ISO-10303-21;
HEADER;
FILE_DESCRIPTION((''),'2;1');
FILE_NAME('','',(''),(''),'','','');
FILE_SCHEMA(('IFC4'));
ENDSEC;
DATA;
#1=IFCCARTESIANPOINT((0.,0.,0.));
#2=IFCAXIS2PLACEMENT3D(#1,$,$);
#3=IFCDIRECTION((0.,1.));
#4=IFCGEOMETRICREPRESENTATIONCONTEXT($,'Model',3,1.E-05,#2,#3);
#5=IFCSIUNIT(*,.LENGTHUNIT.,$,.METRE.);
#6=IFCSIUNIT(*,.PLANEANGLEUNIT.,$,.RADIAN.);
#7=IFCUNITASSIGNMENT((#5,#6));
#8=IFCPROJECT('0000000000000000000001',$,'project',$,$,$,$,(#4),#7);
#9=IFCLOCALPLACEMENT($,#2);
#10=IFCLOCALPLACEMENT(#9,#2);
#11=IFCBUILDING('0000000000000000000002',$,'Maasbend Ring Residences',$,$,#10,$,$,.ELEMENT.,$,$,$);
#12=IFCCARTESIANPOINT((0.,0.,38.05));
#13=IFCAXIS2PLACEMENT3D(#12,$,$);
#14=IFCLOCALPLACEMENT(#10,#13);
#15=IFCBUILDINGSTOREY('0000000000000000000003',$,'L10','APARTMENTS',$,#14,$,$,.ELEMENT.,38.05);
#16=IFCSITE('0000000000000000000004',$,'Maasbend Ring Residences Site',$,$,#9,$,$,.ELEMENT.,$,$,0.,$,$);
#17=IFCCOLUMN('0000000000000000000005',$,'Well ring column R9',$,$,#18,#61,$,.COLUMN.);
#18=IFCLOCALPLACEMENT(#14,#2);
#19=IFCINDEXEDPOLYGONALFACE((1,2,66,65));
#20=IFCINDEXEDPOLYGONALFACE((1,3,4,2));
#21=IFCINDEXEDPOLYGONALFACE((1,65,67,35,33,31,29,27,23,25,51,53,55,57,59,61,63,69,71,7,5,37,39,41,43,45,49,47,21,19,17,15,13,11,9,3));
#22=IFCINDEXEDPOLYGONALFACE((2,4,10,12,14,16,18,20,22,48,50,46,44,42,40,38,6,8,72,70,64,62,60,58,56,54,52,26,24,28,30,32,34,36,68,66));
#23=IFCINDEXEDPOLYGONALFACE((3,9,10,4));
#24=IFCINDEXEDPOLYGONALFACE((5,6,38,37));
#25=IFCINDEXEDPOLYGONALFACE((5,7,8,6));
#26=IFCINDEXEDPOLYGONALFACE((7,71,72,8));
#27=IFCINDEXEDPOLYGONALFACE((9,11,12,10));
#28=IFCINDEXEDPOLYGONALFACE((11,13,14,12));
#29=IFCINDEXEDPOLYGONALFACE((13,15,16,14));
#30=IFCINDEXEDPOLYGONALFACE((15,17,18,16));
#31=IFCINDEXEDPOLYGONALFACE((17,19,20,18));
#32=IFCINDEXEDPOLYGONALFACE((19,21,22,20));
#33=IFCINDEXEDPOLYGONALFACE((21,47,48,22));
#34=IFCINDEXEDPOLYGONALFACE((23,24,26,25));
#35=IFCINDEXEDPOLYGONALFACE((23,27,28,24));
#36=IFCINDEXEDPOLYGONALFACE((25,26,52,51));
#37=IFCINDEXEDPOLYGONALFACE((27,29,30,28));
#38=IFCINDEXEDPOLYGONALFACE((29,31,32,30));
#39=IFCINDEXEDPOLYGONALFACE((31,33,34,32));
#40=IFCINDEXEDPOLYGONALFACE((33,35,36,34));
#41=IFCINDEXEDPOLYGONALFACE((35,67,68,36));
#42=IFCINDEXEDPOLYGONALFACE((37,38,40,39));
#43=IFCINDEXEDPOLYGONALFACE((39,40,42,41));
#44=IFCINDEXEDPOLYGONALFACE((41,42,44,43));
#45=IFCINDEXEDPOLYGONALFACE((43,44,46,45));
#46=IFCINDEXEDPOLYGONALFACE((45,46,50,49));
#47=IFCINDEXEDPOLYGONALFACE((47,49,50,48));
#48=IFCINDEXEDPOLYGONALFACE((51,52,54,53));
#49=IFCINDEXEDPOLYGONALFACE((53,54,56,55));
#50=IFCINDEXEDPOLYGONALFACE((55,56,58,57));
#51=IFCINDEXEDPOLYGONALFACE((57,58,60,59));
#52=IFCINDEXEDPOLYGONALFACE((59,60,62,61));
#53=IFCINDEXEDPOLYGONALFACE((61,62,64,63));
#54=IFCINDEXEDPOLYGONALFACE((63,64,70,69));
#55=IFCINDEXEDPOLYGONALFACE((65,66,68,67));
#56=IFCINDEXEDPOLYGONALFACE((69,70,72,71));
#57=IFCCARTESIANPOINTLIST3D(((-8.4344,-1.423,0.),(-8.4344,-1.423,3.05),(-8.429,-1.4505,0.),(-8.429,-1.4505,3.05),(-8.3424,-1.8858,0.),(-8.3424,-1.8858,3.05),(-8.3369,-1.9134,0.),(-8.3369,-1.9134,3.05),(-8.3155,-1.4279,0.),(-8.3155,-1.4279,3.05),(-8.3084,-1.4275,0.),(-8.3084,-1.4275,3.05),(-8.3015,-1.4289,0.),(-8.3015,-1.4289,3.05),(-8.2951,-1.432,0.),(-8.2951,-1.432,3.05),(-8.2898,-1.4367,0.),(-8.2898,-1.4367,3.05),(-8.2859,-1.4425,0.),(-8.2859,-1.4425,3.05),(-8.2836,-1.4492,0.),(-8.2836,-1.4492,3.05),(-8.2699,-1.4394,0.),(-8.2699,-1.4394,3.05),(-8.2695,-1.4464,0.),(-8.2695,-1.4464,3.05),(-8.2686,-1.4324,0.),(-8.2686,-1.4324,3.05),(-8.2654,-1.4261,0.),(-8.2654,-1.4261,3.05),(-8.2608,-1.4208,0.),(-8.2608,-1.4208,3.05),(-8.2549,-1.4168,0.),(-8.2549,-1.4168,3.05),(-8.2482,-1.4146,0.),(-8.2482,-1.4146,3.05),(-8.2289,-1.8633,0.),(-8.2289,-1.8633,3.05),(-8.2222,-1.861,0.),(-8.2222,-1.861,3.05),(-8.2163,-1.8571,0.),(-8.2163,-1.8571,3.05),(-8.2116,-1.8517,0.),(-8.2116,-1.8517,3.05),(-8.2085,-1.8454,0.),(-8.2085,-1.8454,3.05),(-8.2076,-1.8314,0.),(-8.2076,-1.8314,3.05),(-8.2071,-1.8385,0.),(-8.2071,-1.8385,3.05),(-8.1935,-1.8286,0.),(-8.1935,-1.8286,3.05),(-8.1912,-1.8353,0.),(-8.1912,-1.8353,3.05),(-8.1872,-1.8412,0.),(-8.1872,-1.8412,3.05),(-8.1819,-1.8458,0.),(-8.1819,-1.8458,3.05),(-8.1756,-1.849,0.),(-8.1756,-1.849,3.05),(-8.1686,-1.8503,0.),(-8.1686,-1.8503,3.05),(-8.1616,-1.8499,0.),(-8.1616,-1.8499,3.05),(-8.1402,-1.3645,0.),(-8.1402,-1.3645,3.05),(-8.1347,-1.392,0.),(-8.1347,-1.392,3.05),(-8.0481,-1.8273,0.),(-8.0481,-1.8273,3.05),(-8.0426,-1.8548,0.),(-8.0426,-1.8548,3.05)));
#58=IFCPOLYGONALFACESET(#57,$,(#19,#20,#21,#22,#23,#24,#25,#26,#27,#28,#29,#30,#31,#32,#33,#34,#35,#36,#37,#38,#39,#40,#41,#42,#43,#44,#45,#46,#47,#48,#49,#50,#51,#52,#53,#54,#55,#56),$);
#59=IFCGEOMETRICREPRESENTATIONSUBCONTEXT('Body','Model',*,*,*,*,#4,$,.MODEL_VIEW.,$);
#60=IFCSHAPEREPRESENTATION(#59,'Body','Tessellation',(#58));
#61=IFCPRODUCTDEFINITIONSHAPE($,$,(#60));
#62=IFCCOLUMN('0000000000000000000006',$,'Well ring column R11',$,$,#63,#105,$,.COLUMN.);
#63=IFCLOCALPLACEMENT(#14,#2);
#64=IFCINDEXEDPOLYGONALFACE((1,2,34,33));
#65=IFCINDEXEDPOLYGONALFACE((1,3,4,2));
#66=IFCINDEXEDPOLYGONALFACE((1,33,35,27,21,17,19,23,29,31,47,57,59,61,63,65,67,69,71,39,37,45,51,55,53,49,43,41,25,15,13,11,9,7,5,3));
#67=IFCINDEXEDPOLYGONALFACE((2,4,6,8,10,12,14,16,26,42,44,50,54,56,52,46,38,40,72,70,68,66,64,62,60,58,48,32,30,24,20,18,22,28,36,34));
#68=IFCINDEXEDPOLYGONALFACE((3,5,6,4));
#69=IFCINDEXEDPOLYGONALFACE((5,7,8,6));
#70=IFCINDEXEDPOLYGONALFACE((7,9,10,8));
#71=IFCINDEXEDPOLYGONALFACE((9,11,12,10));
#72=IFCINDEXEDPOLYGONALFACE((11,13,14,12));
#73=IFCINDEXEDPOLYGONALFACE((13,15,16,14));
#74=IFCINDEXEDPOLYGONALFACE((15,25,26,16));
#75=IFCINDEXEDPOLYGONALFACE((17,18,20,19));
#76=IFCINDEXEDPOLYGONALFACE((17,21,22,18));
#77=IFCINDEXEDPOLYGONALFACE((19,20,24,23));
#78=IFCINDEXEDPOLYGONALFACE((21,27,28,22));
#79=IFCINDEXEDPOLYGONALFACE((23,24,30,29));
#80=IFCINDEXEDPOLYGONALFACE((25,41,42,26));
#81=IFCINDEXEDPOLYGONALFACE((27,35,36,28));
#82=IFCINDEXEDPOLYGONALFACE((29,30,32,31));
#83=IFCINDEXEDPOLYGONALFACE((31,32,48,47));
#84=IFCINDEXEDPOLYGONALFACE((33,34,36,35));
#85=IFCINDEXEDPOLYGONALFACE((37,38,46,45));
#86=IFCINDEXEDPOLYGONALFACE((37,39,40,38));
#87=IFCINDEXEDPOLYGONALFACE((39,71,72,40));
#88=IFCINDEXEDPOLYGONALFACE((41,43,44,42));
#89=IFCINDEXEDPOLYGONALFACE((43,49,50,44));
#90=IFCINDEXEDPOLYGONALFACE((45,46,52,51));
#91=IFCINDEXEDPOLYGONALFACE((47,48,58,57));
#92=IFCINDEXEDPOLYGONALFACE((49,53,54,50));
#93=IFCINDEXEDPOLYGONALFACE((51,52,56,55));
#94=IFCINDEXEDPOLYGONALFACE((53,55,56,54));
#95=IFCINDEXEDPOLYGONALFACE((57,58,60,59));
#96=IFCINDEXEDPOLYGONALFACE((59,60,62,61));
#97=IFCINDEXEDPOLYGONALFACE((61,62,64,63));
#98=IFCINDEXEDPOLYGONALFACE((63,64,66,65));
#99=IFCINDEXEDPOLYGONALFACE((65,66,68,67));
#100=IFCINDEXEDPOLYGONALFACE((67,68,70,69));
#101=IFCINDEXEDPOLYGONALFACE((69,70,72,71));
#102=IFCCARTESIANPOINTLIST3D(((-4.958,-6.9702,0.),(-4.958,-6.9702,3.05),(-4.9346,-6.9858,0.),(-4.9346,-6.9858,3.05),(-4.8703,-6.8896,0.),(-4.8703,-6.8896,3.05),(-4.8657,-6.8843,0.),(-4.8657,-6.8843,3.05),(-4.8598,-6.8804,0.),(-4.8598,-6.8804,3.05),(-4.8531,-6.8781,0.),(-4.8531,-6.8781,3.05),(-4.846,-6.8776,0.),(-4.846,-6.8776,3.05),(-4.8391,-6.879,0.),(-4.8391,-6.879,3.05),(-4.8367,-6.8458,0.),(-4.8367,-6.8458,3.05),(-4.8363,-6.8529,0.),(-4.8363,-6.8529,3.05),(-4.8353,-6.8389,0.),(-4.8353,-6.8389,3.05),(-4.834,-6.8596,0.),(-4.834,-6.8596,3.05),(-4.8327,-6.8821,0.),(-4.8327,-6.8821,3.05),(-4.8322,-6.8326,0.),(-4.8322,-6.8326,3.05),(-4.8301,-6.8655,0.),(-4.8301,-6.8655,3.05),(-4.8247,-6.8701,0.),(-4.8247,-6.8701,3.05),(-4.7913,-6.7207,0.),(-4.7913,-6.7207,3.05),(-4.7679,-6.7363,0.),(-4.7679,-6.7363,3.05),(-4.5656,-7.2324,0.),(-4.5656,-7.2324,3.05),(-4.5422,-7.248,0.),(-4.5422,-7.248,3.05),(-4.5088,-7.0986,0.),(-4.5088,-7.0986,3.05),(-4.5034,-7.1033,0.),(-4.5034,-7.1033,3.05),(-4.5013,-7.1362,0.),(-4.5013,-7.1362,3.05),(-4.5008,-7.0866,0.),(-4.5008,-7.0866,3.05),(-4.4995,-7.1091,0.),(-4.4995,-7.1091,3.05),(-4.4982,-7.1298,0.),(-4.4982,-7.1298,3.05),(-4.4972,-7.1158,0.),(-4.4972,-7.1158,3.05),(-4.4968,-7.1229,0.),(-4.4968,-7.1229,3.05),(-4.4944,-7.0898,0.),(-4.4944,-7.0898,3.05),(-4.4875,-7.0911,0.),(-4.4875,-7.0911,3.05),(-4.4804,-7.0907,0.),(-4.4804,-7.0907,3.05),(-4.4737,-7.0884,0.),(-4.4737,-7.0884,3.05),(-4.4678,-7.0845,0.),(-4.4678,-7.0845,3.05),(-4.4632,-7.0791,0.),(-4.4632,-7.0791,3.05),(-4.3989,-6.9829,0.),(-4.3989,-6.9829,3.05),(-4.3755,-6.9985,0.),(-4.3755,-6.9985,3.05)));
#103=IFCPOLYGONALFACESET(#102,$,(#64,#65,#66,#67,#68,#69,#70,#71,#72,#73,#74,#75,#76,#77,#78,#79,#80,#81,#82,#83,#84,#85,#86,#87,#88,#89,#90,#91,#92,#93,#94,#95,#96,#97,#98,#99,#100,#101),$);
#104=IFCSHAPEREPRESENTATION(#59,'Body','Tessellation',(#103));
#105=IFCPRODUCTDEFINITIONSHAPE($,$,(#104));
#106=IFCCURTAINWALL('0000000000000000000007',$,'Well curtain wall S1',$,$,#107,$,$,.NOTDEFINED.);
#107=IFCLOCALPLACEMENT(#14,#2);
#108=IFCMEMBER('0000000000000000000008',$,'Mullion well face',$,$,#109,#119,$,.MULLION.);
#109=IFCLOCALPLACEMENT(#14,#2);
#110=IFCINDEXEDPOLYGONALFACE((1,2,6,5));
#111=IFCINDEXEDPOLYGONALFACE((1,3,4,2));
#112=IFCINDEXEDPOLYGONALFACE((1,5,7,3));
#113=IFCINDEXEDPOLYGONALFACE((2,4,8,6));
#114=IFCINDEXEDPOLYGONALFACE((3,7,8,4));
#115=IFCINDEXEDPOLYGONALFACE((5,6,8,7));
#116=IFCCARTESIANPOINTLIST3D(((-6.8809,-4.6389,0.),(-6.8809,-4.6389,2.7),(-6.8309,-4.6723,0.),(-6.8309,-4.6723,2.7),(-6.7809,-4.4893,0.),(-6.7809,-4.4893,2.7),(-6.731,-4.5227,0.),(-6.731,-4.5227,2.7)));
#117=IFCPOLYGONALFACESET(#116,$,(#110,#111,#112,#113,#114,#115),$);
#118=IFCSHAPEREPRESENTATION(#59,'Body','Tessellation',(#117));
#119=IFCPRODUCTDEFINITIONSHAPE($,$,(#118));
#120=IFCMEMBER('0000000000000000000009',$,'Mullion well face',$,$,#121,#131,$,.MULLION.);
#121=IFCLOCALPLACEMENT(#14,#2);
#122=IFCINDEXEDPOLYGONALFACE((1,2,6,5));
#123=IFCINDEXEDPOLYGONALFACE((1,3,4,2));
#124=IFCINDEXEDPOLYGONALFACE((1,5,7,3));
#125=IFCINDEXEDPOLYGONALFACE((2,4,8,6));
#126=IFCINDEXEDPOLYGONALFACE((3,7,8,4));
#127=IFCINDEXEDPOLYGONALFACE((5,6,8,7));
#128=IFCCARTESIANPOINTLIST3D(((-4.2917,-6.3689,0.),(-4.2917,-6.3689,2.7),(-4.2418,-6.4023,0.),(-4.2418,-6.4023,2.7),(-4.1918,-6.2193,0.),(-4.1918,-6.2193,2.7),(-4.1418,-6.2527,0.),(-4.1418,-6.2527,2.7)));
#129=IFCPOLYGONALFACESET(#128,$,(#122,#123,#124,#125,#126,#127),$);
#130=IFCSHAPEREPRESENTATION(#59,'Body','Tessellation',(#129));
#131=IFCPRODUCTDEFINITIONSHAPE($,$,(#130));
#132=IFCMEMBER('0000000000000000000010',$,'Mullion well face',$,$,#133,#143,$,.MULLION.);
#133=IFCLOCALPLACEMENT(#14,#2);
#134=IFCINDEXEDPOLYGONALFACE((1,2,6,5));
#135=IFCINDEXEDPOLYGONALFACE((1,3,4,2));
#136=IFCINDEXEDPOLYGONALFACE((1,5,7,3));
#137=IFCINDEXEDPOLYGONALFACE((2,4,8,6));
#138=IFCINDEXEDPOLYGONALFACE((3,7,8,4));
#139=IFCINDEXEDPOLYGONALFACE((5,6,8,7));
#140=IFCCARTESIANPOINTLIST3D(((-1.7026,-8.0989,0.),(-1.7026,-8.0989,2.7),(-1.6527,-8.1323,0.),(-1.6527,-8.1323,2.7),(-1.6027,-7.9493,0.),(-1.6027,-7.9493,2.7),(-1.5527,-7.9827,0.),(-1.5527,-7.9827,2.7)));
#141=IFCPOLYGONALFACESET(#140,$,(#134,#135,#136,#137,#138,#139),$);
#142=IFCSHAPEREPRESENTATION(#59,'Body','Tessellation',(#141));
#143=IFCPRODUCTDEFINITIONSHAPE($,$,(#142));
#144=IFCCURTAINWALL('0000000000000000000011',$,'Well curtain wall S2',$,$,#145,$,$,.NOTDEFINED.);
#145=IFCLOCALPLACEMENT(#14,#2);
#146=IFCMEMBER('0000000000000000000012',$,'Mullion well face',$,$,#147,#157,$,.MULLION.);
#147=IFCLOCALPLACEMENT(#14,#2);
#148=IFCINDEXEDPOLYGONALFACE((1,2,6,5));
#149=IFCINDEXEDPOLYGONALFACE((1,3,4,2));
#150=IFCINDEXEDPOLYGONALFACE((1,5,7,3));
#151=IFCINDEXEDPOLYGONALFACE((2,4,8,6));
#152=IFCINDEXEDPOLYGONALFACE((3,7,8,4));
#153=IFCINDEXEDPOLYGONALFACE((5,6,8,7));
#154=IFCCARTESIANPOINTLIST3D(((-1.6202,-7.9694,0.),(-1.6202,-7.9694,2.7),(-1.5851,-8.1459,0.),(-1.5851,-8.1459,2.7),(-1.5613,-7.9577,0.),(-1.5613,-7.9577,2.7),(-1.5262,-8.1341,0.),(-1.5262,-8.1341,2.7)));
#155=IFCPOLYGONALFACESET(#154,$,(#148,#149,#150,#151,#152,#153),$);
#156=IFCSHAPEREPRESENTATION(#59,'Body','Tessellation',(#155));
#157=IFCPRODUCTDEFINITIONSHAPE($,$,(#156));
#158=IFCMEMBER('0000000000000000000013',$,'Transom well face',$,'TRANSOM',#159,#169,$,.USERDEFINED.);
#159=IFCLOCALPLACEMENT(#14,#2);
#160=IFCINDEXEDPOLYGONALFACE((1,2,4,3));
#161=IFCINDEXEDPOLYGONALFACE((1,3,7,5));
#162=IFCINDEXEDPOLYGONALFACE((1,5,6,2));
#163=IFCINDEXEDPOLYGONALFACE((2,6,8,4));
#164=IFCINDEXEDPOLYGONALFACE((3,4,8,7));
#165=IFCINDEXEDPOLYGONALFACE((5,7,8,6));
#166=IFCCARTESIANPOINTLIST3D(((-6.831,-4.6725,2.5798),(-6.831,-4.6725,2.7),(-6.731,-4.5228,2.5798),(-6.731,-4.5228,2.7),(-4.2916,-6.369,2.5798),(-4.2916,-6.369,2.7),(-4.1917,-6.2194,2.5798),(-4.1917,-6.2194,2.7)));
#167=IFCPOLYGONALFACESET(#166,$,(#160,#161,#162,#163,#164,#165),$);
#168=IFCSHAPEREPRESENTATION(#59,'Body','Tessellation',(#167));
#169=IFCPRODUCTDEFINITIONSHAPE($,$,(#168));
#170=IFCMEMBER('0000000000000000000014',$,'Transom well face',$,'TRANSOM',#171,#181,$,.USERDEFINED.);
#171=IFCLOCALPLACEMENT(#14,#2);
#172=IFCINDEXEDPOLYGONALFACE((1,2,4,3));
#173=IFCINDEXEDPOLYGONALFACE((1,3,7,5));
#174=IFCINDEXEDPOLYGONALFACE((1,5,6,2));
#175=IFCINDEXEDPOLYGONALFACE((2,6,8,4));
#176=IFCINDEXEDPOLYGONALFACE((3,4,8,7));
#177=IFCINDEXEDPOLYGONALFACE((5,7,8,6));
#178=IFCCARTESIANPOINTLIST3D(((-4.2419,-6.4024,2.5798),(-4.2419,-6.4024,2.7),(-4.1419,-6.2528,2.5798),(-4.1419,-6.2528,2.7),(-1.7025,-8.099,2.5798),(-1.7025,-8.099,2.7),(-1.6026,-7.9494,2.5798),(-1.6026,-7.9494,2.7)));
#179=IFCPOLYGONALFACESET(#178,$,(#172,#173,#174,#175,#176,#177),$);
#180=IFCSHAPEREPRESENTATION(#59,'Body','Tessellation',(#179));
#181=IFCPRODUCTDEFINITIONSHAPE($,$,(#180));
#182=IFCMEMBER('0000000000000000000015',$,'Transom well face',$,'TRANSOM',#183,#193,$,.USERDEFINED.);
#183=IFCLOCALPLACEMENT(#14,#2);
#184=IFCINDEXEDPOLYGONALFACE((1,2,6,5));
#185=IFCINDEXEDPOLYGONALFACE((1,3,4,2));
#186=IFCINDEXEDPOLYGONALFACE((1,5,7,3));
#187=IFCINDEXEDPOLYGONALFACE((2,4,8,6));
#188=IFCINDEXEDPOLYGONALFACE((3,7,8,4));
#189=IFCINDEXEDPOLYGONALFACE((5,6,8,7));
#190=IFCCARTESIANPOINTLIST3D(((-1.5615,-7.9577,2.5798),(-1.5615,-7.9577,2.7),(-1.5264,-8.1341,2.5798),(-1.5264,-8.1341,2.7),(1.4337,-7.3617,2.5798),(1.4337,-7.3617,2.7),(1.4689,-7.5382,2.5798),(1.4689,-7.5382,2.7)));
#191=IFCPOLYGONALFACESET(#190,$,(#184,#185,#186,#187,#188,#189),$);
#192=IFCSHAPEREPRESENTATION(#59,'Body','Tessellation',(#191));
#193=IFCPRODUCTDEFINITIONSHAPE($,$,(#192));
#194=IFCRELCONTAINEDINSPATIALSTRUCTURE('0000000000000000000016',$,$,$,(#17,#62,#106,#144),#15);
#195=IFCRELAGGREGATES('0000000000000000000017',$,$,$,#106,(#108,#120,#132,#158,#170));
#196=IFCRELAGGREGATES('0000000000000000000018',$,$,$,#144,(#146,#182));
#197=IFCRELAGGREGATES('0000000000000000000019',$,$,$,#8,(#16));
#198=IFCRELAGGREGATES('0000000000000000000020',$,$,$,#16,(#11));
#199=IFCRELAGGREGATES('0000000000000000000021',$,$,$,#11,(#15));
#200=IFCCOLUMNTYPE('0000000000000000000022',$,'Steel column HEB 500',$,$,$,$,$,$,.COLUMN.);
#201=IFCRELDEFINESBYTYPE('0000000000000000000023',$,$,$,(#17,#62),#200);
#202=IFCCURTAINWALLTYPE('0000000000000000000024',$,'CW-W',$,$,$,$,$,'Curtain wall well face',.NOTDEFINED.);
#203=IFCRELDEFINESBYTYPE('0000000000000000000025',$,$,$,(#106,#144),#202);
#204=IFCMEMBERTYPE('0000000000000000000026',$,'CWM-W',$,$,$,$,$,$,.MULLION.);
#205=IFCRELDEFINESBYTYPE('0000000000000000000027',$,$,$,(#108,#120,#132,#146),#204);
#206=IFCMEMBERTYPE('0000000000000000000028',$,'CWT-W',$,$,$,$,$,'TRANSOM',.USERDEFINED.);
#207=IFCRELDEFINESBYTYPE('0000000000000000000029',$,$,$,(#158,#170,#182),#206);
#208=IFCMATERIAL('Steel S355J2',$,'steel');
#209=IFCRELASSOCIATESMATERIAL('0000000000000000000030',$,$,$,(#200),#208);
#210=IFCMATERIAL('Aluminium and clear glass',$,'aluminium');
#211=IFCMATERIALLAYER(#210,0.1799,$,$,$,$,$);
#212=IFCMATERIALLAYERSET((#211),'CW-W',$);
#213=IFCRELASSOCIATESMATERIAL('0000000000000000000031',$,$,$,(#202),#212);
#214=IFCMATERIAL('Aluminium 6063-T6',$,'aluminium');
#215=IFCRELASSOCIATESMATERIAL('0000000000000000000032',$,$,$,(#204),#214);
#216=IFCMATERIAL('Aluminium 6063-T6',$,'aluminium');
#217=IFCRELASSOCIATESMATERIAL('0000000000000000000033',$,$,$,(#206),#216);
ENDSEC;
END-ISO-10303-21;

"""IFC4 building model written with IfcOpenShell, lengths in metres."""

from ifc_helpers import new_model, si_unit, direction, frame, origin, origin_2d, place, context, subcontext, project, spatial, rectangle, i_section, extrude, material, layer, layer_set, material_profile, profile_set, type_object, element, aggregate, save


model = new_model("IFC4")

# Units and contexts
model_context = context("Model", 3, precision=1e-05, world=origin(), true_north=direction((0.0, 1.0)))
body_context = subcontext(model_context, "Body", "Model", "MODEL_VIEW")
ifc_project = project(units=[si_unit("LENGTHUNIT", "METRE"), si_unit("PLANEANGLEUNIT", "RADIAN")], contexts=[model_context])

# Site, building, storey
site_placement = place(None, origin())
site = spatial("IfcSite", under=ifc_project, at=site_placement, Name="Maasbend Ring Residences Site", CompositionType="ELEMENT", RefElevation=0.0)
building_placement = place(site_placement, origin())
building = spatial("IfcBuilding", under=site, at=building_placement, Name="Maasbend Ring Residences", CompositionType="ELEMENT")
storey_placement = place(building_placement, frame((0.0, 0.0, 38.05)))
storey = spatial("IfcBuildingStorey", under=building, at=storey_placement, Name="L10", Description="APARTMENTS", CompositionType="ELEMENT", Elevation=38.05)

# Columns
ifc_material_1 = material(Name="Steel S355J2", Category="steel")
ifc_material_profile_1 = material_profile(ifc_material_1, i_section(OverallWidth=0.3, OverallDepth=0.5, WebThickness=0.0144, FlangeThickness=0.0281, FilletRadius=0.0271, at=origin_2d()), Name="HEB 500")
ifc_profile_set_1 = profile_set([ifc_material_profile_1], Name="Steel S355J2")
column_type = type_object("IfcColumnType", Name="Steel column HEB 500", PredefinedType="COLUMN", material=ifc_profile_set_1)
for number, where, z_axis, x_axis, name in (
    (1, (-8.2385, -1.6389, 0.0), (0.0, 0.0, 1.0), (-0.980785, -0.19509, 0.0), "Well ring column R9"),
    (2, (-4.6667, -6.9844, 0.0), (0.0, 0.0, 1.0), (-0.55557, -0.83147, 0.0), "Well ring column R11"),
):
    element("IfcColumn", number, at=place(storey_placement, frame(where, z_axis=z_axis, x_axis=x_axis)), inside=storey, type_object=column_type, Name=name, PredefinedType="COLUMN", context=body_context, shape_type="SweptSolid", body=[
        extrude(i_section(OverallWidth=0.3, OverallDepth=0.5, WebThickness=0.0144, FlangeThickness=0.0281, FilletRadius=0.0271, at=origin_2d()), origin(), (0.0, 0.0, 1.0), 3.05),
    ])

# Curtain wall, members
ifc_material_2 = material(Name="Aluminium and clear glass", Category="aluminium")
ifc_layer_1 = layer(ifc_material_2, 0.1799)
ifc_layer_set_1 = layer_set([ifc_layer_1], Name="CW-W")
curtain_wall_type = type_object("IfcCurtainWallType", Name="CW-W", ElementType="Curtain wall well face", PredefinedType="NOTDEFINED", material=ifc_layer_set_1)
curtain_wall_1_placement = place(storey_placement, origin())
curtain_wall_1 = element("IfcCurtainWall", 3, at=curtain_wall_1_placement, inside=storey, type_object=curtain_wall_type, Name="Well curtain wall S1", PredefinedType="NOTDEFINED")
ifc_material_3 = material(Name="Aluminium 6063-T6", Category="aluminium")
ifc_material_profile_2 = material_profile(ifc_material_3, rectangle(XDim=0.1799, YDim=0.0601, at=origin_2d()), Name="AL 180x60")
ifc_profile_set_2 = profile_set([ifc_material_profile_2], Name="Aluminium 6063-T6")
member_type_1 = type_object("IfcMemberType", Name="CWM-W", PredefinedType="MULLION", material=ifc_profile_set_2)
member_1_placement = place(storey_placement, frame((-6.8059, -4.5808, 0.0), z_axis=(0.0, 0.0, 1.0), x_axis=(0.55557, 0.83147, 0.0)))
member_1 = element("IfcMember", 4, at=member_1_placement, type_object=member_type_1, Name="Mullion well face", PredefinedType="MULLION", context=body_context, shape_type="SweptSolid", body=[
    extrude(rectangle(XDim=0.1799, YDim=0.0601, at=origin_2d()), origin(), (0.0, 0.0, 1.0), 2.7),
])
member_2_placement = place(storey_placement, frame((-4.2168, -6.3108, 0.0), z_axis=(0.0, 0.0, 1.0), x_axis=(0.55557, 0.83147, 0.0)))
member_2 = element("IfcMember", 5, at=member_2_placement, type_object=member_type_1, Name="Mullion well face", PredefinedType="MULLION", context=body_context, shape_type="SweptSolid", body=[
    extrude(rectangle(XDim=0.1799, YDim=0.0601, at=origin_2d()), origin(), (0.0, 0.0, 1.0), 2.7),
])
member_3_placement = place(storey_placement, frame((-1.6277, -8.0408, 0.0), z_axis=(0.0, 0.0, 1.0), x_axis=(0.55557, 0.83147, 0.0)))
member_3 = element("IfcMember", 6, at=member_3_placement, type_object=member_type_1, Name="Mullion well face", PredefinedType="MULLION", context=body_context, shape_type="SweptSolid", body=[
    extrude(rectangle(XDim=0.1799, YDim=0.0601, at=origin_2d()), origin(), (0.0, 0.0, 1.0), 2.7),
])

# Curtain wall, member
curtain_wall_2_placement = place(storey_placement, origin())
curtain_wall_2 = element("IfcCurtainWall", 7, at=curtain_wall_2_placement, inside=storey, type_object=curtain_wall_type, Name="Well curtain wall S2", PredefinedType="NOTDEFINED")
member_4_placement = place(storey_placement, frame((-1.5732, -8.0518, 0.0), z_axis=(0.0, 0.0, 1.0), x_axis=(-0.19509, 0.980785, 0.0)))
member_4 = element("IfcMember", 8, at=member_4_placement, type_object=member_type_1, Name="Mullion well face", PredefinedType="MULLION", context=body_context, shape_type="SweptSolid", body=[
    extrude(rectangle(XDim=0.1799, YDim=0.0601, at=origin_2d()), origin(), (0.0, 0.0, 1.0), 2.7),
])

# Members
ifc_material_4 = material(Name="Aluminium 6063-T6", Category="aluminium")
ifc_material_profile_3 = material_profile(ifc_material_4, rectangle(XDim=0.1799, YDim=0.1201, at=origin_2d()), Name="AL 180x120")
ifc_profile_set_3 = profile_set([ifc_material_profile_3], Name="Aluminium 6063-T6")
member_type_2 = type_object("IfcMemberType", Name="CWT-W", ElementType="TRANSOM", PredefinedType="USERDEFINED", material=ifc_profile_set_3)
member_5_placement = place(storey_placement, frame((-6.781, -4.5977, 2.6399), z_axis=(0.831496, -0.55553, 0.0), x_axis=(0.55553, 0.831496, 0.0)))
member_5 = element("IfcMember", 9, at=member_5_placement, type_object=member_type_2, Name="Transom well face", ObjectType="TRANSOM", PredefinedType="USERDEFINED", context=body_context, shape_type="SweptSolid", body=[
    extrude(rectangle(XDim=0.1799, YDim=0.1201, at=origin_2d()), origin(), (0.0, 0.0, 1.0), 3.054),
])
member_6_placement = place(storey_placement, frame((-4.1919, -6.3276, 2.6399), z_axis=(0.831496, -0.55553, 0.0), x_axis=(0.55553, 0.831496, 0.0)))
member_6 = element("IfcMember", 10, at=member_6_placement, type_object=member_type_2, Name="Transom well face", ObjectType="TRANSOM", PredefinedType="USERDEFINED", context=body_context, shape_type="SweptSolid", body=[
    extrude(rectangle(XDim=0.1799, YDim=0.1201, at=origin_2d()), origin(), (0.0, 0.0, 1.0), 3.054),
])
member_7_placement = place(storey_placement, frame((-1.5439, -8.0459, 2.6399), z_axis=(0.980777, 0.195132, 0.0), x_axis=(-0.195132, 0.980777, 0.0)))
member_7 = element("IfcMember", 11, at=member_7_placement, type_object=member_type_2, Name="Transom well face", ObjectType="TRANSOM", PredefinedType="USERDEFINED", context=body_context, shape_type="SweptSolid", body=[
    extrude(rectangle(XDim=0.1799, YDim=0.1201, at=origin_2d()), origin(), (0.0, 0.0, 1.0), 3.054),
])

aggregate(curtain_wall_1, [member_1, member_2, member_3, member_5, member_6])
aggregate(curtain_wall_2, [member_4, member_7])

save(model, "model.ifc")
